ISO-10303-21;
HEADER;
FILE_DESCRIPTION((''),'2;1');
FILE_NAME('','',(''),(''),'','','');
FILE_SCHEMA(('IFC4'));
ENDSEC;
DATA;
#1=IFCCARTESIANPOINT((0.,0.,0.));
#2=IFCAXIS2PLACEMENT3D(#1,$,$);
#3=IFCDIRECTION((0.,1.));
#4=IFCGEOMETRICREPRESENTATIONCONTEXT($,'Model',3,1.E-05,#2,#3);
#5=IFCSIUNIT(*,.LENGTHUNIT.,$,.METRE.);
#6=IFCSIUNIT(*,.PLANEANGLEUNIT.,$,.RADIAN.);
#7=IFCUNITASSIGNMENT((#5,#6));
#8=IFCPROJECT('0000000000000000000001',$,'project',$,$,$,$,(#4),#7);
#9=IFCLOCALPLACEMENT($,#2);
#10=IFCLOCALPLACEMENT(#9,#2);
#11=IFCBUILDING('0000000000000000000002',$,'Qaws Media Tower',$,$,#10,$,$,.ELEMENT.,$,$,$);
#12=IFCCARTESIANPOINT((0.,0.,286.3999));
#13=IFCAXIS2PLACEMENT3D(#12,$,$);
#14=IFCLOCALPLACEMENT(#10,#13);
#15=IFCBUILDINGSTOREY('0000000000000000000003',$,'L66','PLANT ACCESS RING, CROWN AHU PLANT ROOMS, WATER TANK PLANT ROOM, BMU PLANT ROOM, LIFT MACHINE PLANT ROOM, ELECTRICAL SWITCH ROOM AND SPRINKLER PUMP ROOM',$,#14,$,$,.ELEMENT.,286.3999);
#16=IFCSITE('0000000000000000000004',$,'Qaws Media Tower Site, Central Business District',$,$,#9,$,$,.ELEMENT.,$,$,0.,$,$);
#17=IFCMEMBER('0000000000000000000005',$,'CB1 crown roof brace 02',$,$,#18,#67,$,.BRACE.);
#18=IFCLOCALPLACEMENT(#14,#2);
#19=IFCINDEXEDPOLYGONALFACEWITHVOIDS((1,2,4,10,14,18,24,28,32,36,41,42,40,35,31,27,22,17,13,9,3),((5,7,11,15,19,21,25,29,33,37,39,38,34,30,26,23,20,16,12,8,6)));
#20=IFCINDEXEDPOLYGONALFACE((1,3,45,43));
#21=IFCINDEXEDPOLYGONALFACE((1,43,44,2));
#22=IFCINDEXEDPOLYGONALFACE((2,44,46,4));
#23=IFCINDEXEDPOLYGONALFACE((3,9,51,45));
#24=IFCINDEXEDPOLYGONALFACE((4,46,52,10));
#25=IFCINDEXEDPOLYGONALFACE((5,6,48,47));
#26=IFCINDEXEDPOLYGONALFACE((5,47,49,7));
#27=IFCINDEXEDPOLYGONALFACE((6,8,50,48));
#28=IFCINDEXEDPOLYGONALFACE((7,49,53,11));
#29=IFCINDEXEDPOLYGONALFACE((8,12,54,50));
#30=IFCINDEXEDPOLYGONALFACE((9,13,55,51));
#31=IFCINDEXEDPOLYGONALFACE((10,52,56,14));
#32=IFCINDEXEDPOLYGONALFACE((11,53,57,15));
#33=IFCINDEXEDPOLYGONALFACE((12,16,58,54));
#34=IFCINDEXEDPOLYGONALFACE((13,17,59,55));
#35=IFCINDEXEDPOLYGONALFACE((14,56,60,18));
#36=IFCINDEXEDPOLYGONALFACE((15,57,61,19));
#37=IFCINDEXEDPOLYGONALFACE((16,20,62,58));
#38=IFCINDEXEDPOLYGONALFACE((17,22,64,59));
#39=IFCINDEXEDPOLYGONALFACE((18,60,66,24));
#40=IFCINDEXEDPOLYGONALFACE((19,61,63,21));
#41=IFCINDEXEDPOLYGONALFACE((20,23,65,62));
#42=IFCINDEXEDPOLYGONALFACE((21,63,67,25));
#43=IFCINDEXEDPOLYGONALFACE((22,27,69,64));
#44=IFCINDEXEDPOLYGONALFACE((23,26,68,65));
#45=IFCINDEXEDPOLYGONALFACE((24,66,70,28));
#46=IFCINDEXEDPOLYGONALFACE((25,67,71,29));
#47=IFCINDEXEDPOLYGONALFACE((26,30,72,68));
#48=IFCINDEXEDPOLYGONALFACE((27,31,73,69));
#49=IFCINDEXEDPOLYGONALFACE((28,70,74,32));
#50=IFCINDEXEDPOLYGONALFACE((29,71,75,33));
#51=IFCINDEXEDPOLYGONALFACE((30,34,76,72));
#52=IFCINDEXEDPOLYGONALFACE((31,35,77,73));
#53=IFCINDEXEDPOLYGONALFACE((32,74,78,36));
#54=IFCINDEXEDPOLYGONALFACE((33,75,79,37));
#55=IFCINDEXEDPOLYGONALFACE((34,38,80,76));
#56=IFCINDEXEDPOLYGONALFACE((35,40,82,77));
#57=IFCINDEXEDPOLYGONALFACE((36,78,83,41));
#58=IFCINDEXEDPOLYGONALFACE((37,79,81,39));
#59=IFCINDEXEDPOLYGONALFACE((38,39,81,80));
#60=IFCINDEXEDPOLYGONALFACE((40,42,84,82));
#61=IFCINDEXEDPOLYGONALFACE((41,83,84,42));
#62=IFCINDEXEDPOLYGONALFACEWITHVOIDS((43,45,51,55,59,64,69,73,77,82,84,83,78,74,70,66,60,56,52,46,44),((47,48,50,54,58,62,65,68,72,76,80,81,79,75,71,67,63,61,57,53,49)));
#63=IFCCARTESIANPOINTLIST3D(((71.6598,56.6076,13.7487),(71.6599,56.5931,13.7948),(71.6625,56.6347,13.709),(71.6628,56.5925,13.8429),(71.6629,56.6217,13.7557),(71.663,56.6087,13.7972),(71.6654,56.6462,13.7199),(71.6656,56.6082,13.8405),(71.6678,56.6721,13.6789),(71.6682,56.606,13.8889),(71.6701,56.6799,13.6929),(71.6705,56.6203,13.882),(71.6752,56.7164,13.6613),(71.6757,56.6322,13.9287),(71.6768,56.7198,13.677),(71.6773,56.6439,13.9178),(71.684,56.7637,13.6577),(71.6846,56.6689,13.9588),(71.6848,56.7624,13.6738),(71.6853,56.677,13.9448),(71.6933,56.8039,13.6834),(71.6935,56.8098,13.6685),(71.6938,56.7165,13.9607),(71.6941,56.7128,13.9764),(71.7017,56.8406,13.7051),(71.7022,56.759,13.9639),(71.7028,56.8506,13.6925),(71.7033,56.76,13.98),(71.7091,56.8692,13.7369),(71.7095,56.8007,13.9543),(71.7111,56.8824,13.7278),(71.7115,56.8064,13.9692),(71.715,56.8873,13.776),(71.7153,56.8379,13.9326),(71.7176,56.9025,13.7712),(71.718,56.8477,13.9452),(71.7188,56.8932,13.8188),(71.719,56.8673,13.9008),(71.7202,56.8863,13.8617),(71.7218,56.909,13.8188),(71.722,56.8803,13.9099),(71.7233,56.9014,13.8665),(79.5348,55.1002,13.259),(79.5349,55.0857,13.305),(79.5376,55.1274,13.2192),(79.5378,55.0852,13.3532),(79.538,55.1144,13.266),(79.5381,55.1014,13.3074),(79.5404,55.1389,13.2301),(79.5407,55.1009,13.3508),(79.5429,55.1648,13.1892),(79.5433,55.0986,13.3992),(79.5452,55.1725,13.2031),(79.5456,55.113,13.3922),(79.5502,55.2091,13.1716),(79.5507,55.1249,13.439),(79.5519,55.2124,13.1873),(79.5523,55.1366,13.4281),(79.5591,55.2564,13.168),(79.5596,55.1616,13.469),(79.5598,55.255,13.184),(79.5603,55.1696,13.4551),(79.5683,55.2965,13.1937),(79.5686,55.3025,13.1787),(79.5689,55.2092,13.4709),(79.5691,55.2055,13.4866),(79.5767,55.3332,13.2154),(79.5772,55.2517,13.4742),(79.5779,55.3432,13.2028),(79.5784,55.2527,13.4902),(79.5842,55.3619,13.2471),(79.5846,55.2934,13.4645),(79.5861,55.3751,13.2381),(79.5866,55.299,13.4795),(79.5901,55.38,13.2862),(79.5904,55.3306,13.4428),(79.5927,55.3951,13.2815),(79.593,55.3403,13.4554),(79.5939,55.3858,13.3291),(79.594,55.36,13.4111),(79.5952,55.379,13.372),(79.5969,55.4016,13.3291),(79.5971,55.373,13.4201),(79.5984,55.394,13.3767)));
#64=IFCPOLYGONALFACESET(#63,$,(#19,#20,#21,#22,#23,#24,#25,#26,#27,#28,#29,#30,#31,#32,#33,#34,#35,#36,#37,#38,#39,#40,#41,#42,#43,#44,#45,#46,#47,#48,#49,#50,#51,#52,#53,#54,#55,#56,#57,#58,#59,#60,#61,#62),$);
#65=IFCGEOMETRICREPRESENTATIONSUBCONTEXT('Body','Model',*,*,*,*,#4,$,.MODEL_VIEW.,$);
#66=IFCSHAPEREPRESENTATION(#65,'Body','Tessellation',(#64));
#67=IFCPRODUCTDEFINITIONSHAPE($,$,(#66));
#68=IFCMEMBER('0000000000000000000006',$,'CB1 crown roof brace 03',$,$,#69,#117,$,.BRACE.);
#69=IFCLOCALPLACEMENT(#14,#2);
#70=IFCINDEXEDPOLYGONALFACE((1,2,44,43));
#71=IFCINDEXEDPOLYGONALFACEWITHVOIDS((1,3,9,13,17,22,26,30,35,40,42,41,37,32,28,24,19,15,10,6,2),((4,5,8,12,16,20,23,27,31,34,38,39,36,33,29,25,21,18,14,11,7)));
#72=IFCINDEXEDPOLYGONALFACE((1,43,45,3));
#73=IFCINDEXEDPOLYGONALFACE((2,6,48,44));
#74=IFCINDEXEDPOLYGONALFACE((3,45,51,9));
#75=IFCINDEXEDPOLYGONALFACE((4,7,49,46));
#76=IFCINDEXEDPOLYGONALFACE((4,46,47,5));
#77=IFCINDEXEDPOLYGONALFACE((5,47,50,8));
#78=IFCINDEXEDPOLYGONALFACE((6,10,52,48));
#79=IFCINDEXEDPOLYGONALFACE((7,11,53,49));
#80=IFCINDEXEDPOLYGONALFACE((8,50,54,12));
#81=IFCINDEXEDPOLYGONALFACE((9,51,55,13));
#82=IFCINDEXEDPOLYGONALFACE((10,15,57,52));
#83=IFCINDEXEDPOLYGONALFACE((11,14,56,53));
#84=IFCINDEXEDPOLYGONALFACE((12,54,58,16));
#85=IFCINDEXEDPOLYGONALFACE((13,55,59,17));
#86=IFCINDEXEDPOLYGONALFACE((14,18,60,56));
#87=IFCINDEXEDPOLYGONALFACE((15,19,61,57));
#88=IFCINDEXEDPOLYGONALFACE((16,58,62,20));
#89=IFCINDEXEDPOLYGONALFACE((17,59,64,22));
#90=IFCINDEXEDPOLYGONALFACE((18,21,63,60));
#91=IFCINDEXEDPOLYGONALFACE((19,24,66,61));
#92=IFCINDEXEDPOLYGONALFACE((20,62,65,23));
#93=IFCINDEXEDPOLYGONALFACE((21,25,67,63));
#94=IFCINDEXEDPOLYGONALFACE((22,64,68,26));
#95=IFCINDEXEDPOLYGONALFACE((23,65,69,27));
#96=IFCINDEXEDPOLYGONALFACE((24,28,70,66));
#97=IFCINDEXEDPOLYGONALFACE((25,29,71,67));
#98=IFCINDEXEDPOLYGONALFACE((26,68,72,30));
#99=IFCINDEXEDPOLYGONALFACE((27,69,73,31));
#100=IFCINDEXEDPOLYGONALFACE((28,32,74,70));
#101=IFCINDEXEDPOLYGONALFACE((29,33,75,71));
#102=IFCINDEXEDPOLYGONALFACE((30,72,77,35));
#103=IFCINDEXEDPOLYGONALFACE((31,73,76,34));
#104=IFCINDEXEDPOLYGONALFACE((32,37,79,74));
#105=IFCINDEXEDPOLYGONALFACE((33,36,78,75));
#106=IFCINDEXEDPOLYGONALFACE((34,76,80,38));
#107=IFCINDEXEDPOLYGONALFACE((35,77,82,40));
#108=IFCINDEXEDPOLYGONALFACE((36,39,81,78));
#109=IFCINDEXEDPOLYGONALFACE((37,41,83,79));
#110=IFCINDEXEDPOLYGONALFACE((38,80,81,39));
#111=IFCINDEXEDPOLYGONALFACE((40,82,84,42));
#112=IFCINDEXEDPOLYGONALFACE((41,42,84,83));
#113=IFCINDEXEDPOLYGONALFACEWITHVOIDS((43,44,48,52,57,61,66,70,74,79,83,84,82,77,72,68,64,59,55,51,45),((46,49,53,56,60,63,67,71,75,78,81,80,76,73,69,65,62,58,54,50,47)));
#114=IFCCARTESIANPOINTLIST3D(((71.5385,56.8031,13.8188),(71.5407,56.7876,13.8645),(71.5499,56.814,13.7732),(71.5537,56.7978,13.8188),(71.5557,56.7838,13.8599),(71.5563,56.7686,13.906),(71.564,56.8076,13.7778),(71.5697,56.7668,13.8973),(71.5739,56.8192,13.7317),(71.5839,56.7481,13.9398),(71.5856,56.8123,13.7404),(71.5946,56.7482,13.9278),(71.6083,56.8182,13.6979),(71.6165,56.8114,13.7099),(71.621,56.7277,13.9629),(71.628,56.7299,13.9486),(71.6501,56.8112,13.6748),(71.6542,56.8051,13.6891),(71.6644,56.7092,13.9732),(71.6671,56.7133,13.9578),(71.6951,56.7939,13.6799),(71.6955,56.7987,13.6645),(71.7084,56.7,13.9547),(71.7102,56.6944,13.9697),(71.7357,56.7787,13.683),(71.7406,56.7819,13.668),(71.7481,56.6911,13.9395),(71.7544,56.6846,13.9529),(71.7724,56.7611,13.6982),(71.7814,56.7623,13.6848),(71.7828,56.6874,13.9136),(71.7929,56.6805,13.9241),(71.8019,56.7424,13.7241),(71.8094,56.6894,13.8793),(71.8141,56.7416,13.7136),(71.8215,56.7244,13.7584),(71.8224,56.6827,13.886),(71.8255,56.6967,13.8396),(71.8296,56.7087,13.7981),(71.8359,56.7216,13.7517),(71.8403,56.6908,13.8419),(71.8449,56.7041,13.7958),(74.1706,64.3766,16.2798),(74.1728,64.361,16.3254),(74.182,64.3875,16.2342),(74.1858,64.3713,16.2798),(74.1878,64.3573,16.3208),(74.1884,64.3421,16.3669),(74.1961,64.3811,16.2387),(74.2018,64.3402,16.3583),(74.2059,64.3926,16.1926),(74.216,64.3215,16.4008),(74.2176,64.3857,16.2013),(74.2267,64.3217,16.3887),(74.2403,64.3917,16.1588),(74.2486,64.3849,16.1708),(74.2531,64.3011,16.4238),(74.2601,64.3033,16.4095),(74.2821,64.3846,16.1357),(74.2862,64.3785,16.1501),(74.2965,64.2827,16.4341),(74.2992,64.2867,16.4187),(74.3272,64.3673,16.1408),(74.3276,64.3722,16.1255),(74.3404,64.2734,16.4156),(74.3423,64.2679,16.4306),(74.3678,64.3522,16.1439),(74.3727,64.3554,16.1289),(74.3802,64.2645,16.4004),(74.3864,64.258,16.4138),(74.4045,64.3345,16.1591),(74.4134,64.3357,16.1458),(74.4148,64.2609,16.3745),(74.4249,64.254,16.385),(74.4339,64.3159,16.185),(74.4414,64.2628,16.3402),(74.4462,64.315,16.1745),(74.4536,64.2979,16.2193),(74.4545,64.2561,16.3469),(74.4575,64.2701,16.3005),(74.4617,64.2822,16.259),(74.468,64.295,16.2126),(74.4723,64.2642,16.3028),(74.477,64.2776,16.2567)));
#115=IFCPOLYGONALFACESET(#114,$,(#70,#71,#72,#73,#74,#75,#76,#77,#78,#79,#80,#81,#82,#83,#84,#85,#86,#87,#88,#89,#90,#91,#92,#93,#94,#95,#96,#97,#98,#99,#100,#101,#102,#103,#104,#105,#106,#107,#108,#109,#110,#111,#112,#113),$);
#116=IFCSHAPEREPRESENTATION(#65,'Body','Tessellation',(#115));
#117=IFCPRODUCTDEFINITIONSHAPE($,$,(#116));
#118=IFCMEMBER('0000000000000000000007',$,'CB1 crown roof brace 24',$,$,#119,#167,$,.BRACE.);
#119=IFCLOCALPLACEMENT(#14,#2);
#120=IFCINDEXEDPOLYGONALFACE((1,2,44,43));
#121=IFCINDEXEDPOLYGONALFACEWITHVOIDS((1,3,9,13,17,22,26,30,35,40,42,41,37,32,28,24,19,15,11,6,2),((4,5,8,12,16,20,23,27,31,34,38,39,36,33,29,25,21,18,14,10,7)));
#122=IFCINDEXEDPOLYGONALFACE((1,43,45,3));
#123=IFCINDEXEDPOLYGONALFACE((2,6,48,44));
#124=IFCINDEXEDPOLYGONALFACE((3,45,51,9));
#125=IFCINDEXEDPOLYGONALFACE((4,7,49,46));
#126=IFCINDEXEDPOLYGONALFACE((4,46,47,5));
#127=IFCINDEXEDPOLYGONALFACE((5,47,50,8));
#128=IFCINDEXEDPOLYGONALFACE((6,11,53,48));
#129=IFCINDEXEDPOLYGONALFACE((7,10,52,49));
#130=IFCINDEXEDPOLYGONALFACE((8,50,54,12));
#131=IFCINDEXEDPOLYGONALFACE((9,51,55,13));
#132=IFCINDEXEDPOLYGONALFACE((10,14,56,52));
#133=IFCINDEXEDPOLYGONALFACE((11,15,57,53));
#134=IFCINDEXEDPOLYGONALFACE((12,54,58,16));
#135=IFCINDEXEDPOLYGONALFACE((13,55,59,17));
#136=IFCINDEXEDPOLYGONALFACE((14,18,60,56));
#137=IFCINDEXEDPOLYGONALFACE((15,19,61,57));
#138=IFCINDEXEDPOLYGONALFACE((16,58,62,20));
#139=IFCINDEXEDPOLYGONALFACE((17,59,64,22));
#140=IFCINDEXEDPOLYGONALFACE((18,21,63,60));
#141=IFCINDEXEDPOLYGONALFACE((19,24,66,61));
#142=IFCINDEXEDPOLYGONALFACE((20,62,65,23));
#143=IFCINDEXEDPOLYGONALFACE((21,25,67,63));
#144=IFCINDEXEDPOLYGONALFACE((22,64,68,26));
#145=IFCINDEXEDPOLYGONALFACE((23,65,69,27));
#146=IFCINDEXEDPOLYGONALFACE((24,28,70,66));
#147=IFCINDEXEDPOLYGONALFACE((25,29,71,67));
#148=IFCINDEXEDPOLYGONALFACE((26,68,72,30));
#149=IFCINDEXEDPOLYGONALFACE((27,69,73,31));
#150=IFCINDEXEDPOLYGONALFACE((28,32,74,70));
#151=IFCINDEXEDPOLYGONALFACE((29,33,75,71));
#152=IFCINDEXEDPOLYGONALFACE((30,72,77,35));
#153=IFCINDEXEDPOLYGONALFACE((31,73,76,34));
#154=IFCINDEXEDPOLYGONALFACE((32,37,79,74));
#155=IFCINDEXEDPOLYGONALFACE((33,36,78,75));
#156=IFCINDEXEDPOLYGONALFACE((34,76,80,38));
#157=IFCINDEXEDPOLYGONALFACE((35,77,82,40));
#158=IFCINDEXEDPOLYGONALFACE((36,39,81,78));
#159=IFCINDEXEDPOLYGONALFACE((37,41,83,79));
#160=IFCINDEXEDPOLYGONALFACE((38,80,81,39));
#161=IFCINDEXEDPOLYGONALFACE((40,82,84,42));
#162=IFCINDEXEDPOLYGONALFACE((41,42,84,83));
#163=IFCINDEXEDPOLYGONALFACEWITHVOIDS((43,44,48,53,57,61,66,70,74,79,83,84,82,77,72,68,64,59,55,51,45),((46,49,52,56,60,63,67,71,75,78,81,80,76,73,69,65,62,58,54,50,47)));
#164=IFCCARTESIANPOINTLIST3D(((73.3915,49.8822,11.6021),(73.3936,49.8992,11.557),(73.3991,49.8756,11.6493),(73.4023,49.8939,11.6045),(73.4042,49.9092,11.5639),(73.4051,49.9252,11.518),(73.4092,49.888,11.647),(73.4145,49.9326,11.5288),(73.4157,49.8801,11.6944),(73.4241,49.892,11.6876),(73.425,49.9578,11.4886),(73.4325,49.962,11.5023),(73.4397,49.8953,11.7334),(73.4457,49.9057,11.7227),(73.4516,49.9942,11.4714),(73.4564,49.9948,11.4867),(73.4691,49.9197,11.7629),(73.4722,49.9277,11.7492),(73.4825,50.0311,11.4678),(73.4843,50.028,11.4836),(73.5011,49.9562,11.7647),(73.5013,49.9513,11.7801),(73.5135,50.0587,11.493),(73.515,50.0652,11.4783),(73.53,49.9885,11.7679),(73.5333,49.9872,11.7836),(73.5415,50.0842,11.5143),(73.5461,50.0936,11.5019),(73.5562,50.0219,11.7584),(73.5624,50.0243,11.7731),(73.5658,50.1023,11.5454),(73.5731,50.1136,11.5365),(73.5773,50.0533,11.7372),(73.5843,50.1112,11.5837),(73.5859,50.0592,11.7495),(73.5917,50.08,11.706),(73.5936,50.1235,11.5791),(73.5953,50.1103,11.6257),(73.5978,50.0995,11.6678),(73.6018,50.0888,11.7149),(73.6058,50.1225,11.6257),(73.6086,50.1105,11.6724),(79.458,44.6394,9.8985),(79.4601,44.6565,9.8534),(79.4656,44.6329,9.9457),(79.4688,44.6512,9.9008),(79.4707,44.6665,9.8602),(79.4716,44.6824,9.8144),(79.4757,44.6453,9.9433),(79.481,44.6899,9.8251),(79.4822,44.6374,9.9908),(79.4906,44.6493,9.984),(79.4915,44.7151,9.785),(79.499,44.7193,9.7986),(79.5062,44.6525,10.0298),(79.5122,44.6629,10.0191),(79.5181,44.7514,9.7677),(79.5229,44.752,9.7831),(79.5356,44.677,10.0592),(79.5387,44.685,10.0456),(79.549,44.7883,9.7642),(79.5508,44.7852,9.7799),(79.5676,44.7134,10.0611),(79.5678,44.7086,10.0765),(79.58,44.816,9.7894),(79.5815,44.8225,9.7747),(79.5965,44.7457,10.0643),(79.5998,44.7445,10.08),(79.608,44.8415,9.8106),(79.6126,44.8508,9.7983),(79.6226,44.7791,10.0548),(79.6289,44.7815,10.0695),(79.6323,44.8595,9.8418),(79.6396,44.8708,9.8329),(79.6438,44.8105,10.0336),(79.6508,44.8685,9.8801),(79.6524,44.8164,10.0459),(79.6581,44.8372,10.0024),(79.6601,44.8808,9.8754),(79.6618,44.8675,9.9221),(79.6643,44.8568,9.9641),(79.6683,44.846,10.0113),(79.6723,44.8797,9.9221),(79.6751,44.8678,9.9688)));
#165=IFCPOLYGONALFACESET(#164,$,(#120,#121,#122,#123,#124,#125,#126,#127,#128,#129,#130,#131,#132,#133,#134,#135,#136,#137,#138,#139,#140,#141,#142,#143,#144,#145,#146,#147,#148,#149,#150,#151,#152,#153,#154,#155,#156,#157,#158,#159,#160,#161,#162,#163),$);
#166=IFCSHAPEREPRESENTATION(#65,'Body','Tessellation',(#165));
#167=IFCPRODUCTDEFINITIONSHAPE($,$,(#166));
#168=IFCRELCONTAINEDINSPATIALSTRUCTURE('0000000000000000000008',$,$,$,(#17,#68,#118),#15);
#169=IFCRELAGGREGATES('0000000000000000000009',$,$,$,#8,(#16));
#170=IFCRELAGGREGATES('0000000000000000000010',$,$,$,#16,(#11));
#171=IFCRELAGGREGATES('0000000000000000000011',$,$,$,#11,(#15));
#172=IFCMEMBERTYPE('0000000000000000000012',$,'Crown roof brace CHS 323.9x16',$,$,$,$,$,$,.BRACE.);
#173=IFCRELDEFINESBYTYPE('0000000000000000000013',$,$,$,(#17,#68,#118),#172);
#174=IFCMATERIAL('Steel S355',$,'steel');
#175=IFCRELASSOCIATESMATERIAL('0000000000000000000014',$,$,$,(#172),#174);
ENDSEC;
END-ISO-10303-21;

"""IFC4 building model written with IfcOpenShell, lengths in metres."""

from ifc_helpers import new_model, si_unit, direction, frame, origin, origin_2d, place, context, subcontext, project, spatial, hollow_circle, extrude, material, material_profile, profile_set, type_object, element, save


model = new_model("IFC4")

# Units and contexts
model_context = context("Model", 3, precision=1e-05, world=origin(), true_north=direction((0.0, 1.0)))
body_context = subcontext(model_context, "Body", "Model", "MODEL_VIEW")
ifc_project = project(units=[si_unit("LENGTHUNIT", "METRE"), si_unit("PLANEANGLEUNIT", "RADIAN")], contexts=[model_context])

# Site, building, storey
site_placement = place(None, origin())
site = spatial("IfcSite", under=ifc_project, at=site_placement, Name="Qaws Media Tower Site, Central Business District", CompositionType="ELEMENT", RefElevation=0.0)
building_placement = place(site_placement, origin())
building = spatial("IfcBuilding", under=site, at=building_placement, Name="Qaws Media Tower", CompositionType="ELEMENT")
storey_placement = place(building_placement, frame((0.0, 0.0, 286.3999)))
storey = spatial("IfcBuildingStorey", under=building, at=storey_placement, Name="L66", Description="PLANT ACCESS RING, CROWN AHU PLANT ROOMS, WATER TANK PLANT ROOM, BMU PLANT ROOM, LIFT MACHINE PLANT ROOM, ELECTRICAL SWITCH ROOM AND SPRINKLER PUMP ROOM", CompositionType="ELEMENT", Elevation=286.3999)

# Members
ifc_material_1 = material(Name="Steel S355", Category="steel")
ifc_material_profile_1 = material_profile(ifc_material_1, hollow_circle(Radius=0.1619, WallThickness=0.0161, at=origin_2d()), Name="CHS 323.9x16")
ifc_profile_set_1 = profile_set([ifc_material_profile_1], Name="Steel S355")
member_type = type_object("IfcMemberType", Name="Crown roof brace CHS 323.9x16", PredefinedType="BRACE", material=ifc_profile_set_1)
member_1_placement = place(storey_placement, frame((71.6914, 56.75, 13.8188), z_axis=(0.980343, -0.187644, -0.060968), x_axis=(0.187994, 0.98217, 0.0)))
element("IfcMember", 1, at=member_1_placement, inside=storey, type_object=member_type, Name="CB1 crown roof brace 02", PredefinedType="BRACE", context=body_context, shape_type="SweptSolid", body=[
    extrude(hollow_circle(Radius=0.1619, WallThickness=0.0161, at=origin_2d()), origin(), (0.0, 0.0, 1.0), 8.033),
])
member_2_placement = place(storey_placement, frame((71.6914, 56.75, 13.8188), z_axis=(0.313829, 0.903003, 0.293423), x_axis=(-0.944581, 0.328279, 0.0)))
element("IfcMember", 2, at=member_2_placement, inside=storey, type_object=member_type, Name="CB1 crown roof brace 03", PredefinedType="BRACE", context=body_context, shape_type="SweptSolid", body=[
    extrude(hollow_circle(Radius=0.1619, WallThickness=0.0161, at=origin_2d()), origin(), (0.0, 0.0, 1.0), 8.387),
])
member_3_placement = place(storey_placement, frame((73.5, 50.0, 11.6257), z_axis=(0.740085, -0.639592, -0.207836), x_axis=(0.65387, 0.756607, 0.0)))
element("IfcMember", 3, at=member_3_placement, inside=storey, type_object=member_type, Name="CB1 crown roof brace 24", PredefinedType="BRACE", context=body_context, shape_type="SweptSolid", body=[
    extrude(hollow_circle(Radius=0.1619, WallThickness=0.0161, at=origin_2d()), origin(), (0.0, 0.0, 1.0), 8.197),
])

save(model, "model.ifc")
